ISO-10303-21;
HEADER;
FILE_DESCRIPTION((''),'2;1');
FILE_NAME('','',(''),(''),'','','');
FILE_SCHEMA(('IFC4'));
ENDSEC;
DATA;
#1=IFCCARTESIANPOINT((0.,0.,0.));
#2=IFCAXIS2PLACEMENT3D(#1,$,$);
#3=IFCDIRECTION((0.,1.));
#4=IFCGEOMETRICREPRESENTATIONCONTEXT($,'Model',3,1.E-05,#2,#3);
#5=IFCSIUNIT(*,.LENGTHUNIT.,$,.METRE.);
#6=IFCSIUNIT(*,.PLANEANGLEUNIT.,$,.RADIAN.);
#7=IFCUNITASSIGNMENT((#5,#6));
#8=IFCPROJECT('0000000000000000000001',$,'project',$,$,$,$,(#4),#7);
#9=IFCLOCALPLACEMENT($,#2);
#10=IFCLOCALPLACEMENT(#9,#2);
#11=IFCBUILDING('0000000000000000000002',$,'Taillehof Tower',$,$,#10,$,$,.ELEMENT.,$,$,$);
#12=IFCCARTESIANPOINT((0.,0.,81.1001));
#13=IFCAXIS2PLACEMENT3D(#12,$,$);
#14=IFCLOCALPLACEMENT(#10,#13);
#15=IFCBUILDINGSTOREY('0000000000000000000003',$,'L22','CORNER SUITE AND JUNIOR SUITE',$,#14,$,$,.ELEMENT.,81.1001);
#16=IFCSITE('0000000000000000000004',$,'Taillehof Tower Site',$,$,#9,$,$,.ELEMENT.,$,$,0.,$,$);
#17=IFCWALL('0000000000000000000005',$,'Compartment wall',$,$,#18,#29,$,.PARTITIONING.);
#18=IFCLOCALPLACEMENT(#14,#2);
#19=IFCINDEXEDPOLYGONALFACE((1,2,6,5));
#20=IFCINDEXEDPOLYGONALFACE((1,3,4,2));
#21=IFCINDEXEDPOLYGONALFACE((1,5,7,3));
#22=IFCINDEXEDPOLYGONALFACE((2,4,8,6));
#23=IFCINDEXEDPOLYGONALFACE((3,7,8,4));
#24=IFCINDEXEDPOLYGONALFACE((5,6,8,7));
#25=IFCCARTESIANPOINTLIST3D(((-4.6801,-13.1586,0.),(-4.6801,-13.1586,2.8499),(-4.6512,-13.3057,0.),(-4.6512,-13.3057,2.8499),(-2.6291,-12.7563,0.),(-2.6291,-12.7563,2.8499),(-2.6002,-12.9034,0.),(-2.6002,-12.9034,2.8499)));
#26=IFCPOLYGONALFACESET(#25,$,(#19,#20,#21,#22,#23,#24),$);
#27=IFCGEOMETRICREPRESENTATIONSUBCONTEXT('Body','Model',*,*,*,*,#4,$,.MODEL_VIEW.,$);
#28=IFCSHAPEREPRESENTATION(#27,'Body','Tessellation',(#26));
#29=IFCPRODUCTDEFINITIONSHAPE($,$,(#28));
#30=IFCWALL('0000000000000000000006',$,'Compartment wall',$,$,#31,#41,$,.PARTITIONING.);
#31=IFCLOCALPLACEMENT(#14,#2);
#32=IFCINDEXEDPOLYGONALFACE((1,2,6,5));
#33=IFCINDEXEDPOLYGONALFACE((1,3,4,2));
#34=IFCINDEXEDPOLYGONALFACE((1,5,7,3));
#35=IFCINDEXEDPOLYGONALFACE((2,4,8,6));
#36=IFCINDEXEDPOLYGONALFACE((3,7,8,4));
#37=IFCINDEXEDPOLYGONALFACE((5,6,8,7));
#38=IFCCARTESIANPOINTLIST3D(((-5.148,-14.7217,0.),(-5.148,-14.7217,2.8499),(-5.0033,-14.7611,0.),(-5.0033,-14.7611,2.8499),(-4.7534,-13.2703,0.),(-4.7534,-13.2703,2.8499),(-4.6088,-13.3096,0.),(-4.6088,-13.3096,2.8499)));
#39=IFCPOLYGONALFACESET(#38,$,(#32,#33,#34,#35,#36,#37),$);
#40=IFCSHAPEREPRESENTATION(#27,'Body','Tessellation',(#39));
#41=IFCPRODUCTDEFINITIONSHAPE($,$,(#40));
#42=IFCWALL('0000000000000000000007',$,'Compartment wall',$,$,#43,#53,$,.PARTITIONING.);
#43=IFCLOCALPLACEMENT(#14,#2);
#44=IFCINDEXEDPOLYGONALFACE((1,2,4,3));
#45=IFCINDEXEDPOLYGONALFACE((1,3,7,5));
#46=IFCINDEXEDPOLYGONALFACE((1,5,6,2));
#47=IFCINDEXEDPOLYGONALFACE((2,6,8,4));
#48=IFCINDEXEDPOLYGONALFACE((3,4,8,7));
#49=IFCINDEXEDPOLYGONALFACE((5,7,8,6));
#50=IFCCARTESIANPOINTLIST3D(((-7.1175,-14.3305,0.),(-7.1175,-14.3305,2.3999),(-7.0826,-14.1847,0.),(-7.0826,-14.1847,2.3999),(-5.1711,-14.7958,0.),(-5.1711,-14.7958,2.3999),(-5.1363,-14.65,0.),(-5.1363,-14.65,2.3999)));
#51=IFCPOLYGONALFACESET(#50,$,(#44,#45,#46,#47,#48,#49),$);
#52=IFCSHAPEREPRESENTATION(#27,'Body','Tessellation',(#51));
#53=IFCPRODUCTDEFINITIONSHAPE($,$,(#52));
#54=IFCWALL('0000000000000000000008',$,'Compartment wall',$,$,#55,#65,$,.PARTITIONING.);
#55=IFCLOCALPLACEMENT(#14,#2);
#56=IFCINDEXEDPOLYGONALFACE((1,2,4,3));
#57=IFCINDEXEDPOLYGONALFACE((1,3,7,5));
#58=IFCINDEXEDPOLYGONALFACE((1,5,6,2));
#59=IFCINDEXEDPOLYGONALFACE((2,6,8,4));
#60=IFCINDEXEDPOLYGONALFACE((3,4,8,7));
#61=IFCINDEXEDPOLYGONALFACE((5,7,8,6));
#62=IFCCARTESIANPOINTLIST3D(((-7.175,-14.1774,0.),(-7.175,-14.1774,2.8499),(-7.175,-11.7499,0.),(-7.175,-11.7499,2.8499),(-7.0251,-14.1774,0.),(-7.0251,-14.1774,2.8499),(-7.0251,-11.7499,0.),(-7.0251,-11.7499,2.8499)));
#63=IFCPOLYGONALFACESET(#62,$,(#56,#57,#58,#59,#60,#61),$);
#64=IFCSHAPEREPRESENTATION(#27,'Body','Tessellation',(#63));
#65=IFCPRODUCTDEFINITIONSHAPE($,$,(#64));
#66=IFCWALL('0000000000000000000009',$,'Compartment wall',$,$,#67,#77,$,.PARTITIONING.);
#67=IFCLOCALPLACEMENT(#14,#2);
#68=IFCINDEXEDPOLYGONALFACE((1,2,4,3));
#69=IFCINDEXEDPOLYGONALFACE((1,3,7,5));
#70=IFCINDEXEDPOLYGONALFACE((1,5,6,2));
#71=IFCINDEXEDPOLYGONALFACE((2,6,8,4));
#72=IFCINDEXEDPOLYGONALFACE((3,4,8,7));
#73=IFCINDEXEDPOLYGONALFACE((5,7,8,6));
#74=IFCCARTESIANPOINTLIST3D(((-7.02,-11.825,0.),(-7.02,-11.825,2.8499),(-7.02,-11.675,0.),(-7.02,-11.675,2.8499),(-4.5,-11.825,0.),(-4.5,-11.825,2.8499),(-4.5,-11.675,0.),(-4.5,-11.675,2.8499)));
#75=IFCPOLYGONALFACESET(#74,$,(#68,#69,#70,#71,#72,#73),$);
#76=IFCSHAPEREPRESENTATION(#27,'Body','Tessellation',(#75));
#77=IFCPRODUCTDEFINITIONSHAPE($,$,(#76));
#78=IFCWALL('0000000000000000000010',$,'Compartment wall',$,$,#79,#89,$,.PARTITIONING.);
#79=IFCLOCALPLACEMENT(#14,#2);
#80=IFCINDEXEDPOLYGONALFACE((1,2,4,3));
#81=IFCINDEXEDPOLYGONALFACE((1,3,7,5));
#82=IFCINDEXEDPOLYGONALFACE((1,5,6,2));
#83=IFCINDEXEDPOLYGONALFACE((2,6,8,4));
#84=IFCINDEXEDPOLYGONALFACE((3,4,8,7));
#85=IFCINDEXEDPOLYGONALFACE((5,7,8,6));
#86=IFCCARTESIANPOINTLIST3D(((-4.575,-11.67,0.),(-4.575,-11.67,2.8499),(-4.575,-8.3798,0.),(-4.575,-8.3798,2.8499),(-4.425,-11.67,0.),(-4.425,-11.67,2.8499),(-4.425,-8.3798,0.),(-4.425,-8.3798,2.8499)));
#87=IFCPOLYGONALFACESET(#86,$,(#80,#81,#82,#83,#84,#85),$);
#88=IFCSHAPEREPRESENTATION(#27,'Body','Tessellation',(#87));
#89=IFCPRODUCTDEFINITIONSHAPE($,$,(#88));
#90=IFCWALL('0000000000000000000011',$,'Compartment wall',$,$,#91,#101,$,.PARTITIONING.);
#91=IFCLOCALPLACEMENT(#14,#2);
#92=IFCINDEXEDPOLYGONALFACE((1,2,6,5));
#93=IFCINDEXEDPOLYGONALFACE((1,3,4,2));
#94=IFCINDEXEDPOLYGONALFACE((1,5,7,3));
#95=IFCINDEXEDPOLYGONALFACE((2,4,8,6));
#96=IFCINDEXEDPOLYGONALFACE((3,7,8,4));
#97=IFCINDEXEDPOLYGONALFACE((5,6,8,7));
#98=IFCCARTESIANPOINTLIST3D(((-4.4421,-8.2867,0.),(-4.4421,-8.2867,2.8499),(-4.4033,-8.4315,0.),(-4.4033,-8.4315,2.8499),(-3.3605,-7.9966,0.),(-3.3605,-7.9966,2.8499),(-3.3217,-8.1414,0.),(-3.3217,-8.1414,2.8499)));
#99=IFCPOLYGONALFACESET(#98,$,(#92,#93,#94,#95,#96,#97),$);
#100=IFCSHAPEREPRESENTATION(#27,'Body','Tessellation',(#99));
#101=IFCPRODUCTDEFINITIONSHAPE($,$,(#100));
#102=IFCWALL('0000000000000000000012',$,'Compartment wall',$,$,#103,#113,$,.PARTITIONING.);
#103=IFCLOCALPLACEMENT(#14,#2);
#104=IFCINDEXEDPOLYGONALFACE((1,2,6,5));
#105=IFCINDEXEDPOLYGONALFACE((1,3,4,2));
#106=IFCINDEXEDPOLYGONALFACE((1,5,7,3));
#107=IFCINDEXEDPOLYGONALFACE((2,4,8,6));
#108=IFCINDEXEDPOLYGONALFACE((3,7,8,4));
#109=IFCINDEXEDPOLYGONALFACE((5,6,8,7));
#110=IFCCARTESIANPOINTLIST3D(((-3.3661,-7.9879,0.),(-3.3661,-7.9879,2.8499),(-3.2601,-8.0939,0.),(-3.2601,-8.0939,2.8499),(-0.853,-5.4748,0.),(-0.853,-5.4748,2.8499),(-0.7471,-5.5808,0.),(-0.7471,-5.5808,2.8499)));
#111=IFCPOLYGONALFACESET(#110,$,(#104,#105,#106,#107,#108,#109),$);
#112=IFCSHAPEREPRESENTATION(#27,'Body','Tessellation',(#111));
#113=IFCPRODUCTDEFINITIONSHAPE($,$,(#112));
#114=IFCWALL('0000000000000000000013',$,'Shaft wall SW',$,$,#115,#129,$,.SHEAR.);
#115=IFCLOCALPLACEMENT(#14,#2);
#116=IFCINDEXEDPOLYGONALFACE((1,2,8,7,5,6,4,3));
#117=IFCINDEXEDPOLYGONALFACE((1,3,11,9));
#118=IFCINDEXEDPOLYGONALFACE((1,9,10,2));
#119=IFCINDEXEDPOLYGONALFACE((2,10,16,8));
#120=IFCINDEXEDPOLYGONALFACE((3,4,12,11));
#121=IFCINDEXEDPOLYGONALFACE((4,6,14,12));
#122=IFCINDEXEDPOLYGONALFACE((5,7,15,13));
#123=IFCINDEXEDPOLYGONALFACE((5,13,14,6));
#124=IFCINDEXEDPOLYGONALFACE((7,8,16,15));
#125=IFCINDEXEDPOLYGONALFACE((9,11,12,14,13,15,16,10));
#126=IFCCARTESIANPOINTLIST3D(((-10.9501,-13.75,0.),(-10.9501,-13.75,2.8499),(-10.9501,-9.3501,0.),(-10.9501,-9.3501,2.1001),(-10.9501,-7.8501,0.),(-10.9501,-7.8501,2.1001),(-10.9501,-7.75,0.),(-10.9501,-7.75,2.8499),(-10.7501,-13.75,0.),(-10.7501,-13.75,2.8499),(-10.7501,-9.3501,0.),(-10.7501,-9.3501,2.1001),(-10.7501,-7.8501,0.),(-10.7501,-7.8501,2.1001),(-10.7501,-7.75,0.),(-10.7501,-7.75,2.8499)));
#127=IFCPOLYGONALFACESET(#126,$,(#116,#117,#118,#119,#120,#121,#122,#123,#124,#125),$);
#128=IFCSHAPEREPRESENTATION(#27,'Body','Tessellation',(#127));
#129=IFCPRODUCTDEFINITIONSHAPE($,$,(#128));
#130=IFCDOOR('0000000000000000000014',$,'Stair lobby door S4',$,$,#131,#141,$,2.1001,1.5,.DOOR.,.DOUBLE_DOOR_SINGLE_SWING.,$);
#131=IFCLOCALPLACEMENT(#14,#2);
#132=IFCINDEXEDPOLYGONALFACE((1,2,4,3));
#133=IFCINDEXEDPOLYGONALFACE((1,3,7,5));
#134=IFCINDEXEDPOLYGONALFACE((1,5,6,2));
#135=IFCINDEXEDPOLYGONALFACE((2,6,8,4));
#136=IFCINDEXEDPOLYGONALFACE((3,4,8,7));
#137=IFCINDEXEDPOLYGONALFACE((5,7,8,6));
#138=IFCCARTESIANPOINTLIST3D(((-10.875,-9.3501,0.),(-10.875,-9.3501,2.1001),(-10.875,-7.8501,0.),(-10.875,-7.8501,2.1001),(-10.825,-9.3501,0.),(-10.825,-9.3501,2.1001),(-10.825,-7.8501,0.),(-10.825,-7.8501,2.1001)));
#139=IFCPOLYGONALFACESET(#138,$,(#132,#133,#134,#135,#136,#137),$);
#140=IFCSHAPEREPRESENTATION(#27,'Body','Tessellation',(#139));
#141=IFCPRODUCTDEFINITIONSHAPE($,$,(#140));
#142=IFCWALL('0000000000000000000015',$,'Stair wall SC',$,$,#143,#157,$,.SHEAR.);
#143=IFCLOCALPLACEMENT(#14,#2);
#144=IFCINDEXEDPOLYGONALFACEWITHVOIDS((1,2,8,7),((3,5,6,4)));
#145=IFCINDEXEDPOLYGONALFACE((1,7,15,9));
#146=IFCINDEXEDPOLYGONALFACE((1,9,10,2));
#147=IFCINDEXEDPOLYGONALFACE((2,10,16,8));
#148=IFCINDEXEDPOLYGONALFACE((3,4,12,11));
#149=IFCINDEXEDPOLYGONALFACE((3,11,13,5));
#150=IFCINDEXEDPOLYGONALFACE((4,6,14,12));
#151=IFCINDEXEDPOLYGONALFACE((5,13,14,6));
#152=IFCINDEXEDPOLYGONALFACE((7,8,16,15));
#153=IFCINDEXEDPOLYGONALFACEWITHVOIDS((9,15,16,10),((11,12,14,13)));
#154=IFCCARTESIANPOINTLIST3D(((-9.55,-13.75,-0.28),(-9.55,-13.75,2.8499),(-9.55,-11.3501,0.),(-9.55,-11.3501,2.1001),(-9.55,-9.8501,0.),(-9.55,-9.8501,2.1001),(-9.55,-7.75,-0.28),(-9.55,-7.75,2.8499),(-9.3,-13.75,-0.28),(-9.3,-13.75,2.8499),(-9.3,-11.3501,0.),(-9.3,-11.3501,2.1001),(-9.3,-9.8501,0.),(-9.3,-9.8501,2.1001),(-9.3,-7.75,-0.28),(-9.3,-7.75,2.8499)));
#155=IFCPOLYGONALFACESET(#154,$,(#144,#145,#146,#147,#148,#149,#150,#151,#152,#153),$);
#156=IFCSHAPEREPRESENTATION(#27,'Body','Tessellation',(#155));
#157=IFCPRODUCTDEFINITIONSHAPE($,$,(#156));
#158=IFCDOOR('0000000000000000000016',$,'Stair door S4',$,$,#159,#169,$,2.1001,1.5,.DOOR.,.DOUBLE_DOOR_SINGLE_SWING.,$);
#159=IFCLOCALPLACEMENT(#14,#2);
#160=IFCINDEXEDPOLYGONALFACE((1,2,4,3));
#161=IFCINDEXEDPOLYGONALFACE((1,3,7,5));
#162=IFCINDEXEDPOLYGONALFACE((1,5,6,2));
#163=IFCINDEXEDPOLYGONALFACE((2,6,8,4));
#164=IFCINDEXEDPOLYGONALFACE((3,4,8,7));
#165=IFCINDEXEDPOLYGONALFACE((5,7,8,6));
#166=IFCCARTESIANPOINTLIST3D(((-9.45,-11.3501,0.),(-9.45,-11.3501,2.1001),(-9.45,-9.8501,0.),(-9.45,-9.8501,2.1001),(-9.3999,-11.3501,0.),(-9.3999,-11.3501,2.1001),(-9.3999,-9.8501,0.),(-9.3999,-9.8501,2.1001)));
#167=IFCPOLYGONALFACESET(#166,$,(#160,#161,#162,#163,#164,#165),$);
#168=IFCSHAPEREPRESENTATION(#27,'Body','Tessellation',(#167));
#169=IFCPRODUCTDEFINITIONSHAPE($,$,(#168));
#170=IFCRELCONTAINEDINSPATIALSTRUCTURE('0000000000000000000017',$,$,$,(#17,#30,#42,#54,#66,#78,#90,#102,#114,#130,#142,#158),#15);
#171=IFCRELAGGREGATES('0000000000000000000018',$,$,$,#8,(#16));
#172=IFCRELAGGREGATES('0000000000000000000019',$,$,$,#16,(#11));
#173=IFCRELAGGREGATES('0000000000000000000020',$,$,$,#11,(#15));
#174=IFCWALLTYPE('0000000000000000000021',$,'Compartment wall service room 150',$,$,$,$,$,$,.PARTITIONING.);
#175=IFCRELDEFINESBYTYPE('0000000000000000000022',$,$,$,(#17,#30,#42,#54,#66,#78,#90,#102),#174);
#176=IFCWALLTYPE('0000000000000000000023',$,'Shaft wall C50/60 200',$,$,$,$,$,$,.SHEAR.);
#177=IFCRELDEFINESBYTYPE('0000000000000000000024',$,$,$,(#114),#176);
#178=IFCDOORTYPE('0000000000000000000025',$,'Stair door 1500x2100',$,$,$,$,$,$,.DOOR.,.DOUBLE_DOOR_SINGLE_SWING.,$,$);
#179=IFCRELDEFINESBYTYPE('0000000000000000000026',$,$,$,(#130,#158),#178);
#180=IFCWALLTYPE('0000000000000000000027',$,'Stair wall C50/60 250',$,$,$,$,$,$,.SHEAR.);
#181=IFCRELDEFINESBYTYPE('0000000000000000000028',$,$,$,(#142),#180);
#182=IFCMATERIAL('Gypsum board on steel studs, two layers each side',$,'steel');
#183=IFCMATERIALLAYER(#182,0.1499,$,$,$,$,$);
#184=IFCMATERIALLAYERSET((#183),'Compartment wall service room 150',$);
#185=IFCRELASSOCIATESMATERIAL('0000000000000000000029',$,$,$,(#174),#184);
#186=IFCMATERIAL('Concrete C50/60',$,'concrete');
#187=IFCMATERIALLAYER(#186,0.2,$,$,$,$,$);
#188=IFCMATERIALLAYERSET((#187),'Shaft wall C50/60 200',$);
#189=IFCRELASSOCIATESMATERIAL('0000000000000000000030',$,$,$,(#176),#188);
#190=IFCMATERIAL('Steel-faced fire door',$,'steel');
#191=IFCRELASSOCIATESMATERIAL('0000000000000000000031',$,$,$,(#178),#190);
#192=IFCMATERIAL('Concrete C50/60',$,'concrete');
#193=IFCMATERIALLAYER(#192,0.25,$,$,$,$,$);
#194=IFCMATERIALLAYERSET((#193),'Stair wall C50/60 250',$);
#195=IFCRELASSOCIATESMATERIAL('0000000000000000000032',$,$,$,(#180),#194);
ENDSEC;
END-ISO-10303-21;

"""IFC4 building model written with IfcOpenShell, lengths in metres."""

from ifc_helpers import new_model, si_unit, direction, frame, frame_2d, origin, place, context, subcontext, project, spatial, rectangle, extrude, material, layer, layer_set, type_object, element, fill, save


model = new_model("IFC4")

# Units and contexts
model_context = context("Model", 3, precision=1e-05, world=origin(), true_north=direction((0.0, 1.0)))
body_context = subcontext(model_context, "Body", "Model", "MODEL_VIEW")
ifc_project = project(units=[si_unit("LENGTHUNIT", "METRE"), si_unit("PLANEANGLEUNIT", "RADIAN")], contexts=[model_context])

# Site, building, storey
site_placement = place(None, origin())
site = spatial("IfcSite", under=ifc_project, at=site_placement, Name="Taillehof Tower Site", CompositionType="ELEMENT", RefElevation=0.0)
building_placement = place(site_placement, origin())
building = spatial("IfcBuilding", under=site, at=building_placement, Name="Taillehof Tower", CompositionType="ELEMENT")
storey_placement = place(building_placement, frame((0.0, 0.0, 81.1001)))
storey = spatial("IfcBuildingStorey", under=building, at=storey_placement, Name="L22", Description="CORNER SUITE AND JUNIOR SUITE", CompositionType="ELEMENT", Elevation=81.1001)

# Walls
ifc_material_1 = material(Name="Gypsum board on steel studs, two layers each side", Category="steel")
ifc_layer_1 = layer(ifc_material_1, 0.1499)
ifc_layer_set_1 = layer_set([ifc_layer_1], Name="Compartment wall service room 150")
wall_type_1 = type_object("IfcWallType", Name="Compartment wall service room 150", PredefinedType="PARTITIONING", material=ifc_layer_set_1)
wall_1_placement = place(storey_placement, frame((-2.6147, -12.8298, 0.0), z_axis=(0.0, 0.0, 1.0), x_axis=(-0.981297, -0.192498, 0.0)))
element("IfcWall", 1, at=wall_1_placement, inside=storey, type_object=wall_type_1, Name="Compartment wall", PredefinedType="PARTITIONING", context=body_context, shape_type="SweptSolid", body=[
    extrude(rectangle(XDim=2.0901, YDim=0.1499, at=frame_2d((1.0449, 0.0))), origin(), (0.0, 0.0, 1.0), 2.8499),
])
wall_2_placement = place(storey_placement, frame((-4.6812, -13.29, 0.0), z_axis=(0.0, 0.0, 1.0), x_axis=(-0.262307, -0.964984, 0.0)))
element("IfcWall", 2, at=wall_2_placement, inside=storey, type_object=wall_type_1, Name="Compartment wall", PredefinedType="PARTITIONING", context=body_context, shape_type="SweptSolid", body=[
    extrude(rectangle(XDim=1.5042, YDim=0.1499, at=frame_2d((0.752, 0.0))), origin(), (0.0, 0.0, 1.0), 2.8499),
])
wall_3_placement = place(storey_placement, frame((-5.1538, -14.7229, 0.0), z_axis=(0.0, 0.0, 1.0), x_axis=(-0.972588, 0.232533, 0.0)))
element("IfcWall", 3, at=wall_3_placement, inside=storey, type_object=wall_type_1, Name="Compartment wall", PredefinedType="PARTITIONING", context=body_context, shape_type="SweptSolid", body=[
    extrude(rectangle(XDim=2.0012, YDim=0.1499, at=frame_2d((1.0005, 0.0))), origin(), (0.0, 0.0, 1.0), 2.3999),
])
wall_4_placement = place(storey_placement, frame((-7.1001, -14.1775, 0.0), z_axis=(0.0, 0.0, 1.0), x_axis=(0.0, 1.0, 0.0)))
element("IfcWall", 4, at=wall_4_placement, inside=storey, type_object=wall_type_1, Name="Compartment wall", PredefinedType="PARTITIONING", context=body_context, shape_type="SweptSolid", body=[
    extrude(rectangle(XDim=2.4275, YDim=0.1499, at=frame_2d((1.2139, 0.0))), origin(), (0.0, 0.0, 1.0), 2.8499),
])
wall_5_placement = place(storey_placement, frame((-7.02, -11.75, 0.0), z_axis=(0.0, 0.0, 1.0), x_axis=(1.0, 0.0, 0.0)))
element("IfcWall", 5, at=wall_5_placement, inside=storey, type_object=wall_type_1, Name="Compartment wall", PredefinedType="PARTITIONING", context=body_context, shape_type="SweptSolid", body=[
    extrude(rectangle(XDim=2.52, YDim=0.1499, at=frame_2d((1.26, 0.0))), origin(), (0.0, 0.0, 1.0), 2.8499),
])
wall_6_placement = place(storey_placement, frame((-4.5, -11.6699, 0.0), z_axis=(0.0, 0.0, 1.0), x_axis=(0.0, 1.0, 0.0)))
element("IfcWall", 6, at=wall_6_placement, inside=storey, type_object=wall_type_1, Name="Compartment wall", PredefinedType="PARTITIONING", context=body_context, shape_type="SweptSolid", body=[
    extrude(rectangle(XDim=3.2903, YDim=0.1499, at=frame_2d((1.645, 0.0))), origin(), (0.0, 0.0, 1.0), 2.8499),
])
wall_7_placement = place(storey_placement, frame((-4.4229, -8.3591, 0.0), z_axis=(0.0, 0.0, 1.0), x_axis=(0.965872, 0.259019, 0.0)))
element("IfcWall", 7, at=wall_7_placement, inside=storey, type_object=wall_type_1, Name="Compartment wall", PredefinedType="PARTITIONING", context=body_context, shape_type="SweptSolid", body=[
    extrude(rectangle(XDim=1.1199, YDim=0.1499, at=frame_2d((0.5601, 0.0))), origin(), (0.0, 0.0, 1.0), 2.8499),
])
wall_8_placement = place(storey_placement, frame((-3.313, -8.0408, 0.0), z_axis=(0.0, 0.0, 1.0), x_axis=(0.707107, 0.707107, 0.0)))
element("IfcWall", 8, at=wall_8_placement, inside=storey, type_object=wall_type_1, Name="Compartment wall", PredefinedType="PARTITIONING", context=body_context, shape_type="SweptSolid", body=[
    extrude(rectangle(XDim=3.554, YDim=0.1499, at=frame_2d((1.7769, 0.0))), origin(), (0.0, 0.0, 1.0), 2.8499),
])

# Walls, openings, doors
ifc_material_2 = material(Name="Concrete C50/60", Category="concrete")
ifc_layer_2 = layer(ifc_material_2, 0.2)
ifc_layer_set_2 = layer_set([ifc_layer_2], Name="Shaft wall C50/60 200")
wall_type_2 = type_object("IfcWallType", Name="Shaft wall C50/60 200", PredefinedType="SHEAR", material=ifc_layer_set_2)
wall_9_placement = place(storey_placement, frame((-10.8501, -13.75, 0.0), z_axis=(0.0, 0.0, 1.0), x_axis=(0.0, 1.0, 0.0)))
wall_9 = element("IfcWall", 9, at=wall_9_placement, inside=storey, type_object=wall_type_2, Name="Shaft wall SW", PredefinedType="SHEAR", context=body_context, shape_type="SweptSolid", body=[
    extrude(rectangle(XDim=6.0, YDim=0.2, at=frame_2d((3.0, 0.0))), origin(), (0.0, 0.0, 1.0), 2.8499),
])
opening_1_placement = place(wall_9_placement, frame((4.3999, 0.0, 0.0)))
opening_1 = element("IfcOpeningElement", 10, at=opening_1_placement, cuts=wall_9, PredefinedType="OPENING", context=body_context, shape_type="SweptSolid", body=[
    extrude(rectangle(XDim=1.5, YDim=2.1001, at=frame_2d((0.75, 1.05))), frame((0.0, 0.1099, 0.0), z_axis=(0.0, -1.0, 0.0), x_axis=(1.0, 0.0, 0.0)), (0.0, 0.0, 1.0), 0.22),
])
ifc_material_3 = material(Name="Steel-faced fire door", Category="steel")
door_type_1 = type_object("IfcDoorType", Name="Stair door 1500x2100", OperationType="DOUBLE_DOOR_SINGLE_SWING", PredefinedType="DOOR", material=ifc_material_3)
door_1_placement = place(opening_1_placement, origin())
door_1 = element("IfcDoor", 11, at=door_1_placement, inside=storey, type_object=door_type_1, Name="Stair lobby door S4", OperationType="DOUBLE_DOOR_SINGLE_SWING", OverallHeight=2.1001, OverallWidth=1.5, PredefinedType="DOOR", context=body_context, shape_type="SweptSolid", body=[
    extrude(rectangle(XDim=1.5, YDim=2.1001, at=frame_2d((0.75, 1.05))), frame((0.0, 0.0249, 0.0), z_axis=(0.0, -1.0, 0.0), x_axis=(1.0, 0.0, 0.0)), (0.0, 0.0, 1.0), 0.05),
])
fill(opening_1, door_1)
ifc_material_4 = material(Name="Concrete C50/60", Category="concrete")
ifc_layer_3 = layer(ifc_material_4, 0.25)
ifc_layer_set_3 = layer_set([ifc_layer_3], Name="Stair wall C50/60 250")
wall_type_3 = type_object("IfcWallType", Name="Stair wall C50/60 250", PredefinedType="SHEAR", material=ifc_layer_set_3)
wall_10_placement = place(storey_placement, frame((-9.425, -13.75, -0.28), z_axis=(0.0, 0.0, 1.0), x_axis=(0.0, 1.0, 0.0)))
wall_10 = element("IfcWall", 12, at=wall_10_placement, inside=storey, type_object=wall_type_3, Name="Stair wall SC", PredefinedType="SHEAR", context=body_context, shape_type="SweptSolid", body=[
    extrude(rectangle(XDim=6.0, YDim=0.25, at=frame_2d((3.0, 0.0))), origin(), (0.0, 0.0, 1.0), 3.1299),
])
opening_2_placement = place(wall_10_placement, frame((2.3999, 0.0, 0.28)))
opening_2 = element("IfcOpeningElement", 13, at=opening_2_placement, cuts=wall_10, PredefinedType="OPENING", context=body_context, shape_type="SweptSolid", body=[
    extrude(rectangle(XDim=1.5, YDim=2.1001, at=frame_2d((0.75, 1.05))), frame((0.0, 0.135, 0.0), z_axis=(0.0, -1.0, 0.0), x_axis=(1.0, 0.0, 0.0)), (0.0, 0.0, 1.0), 0.27),
])
door_2_placement = place(opening_2_placement, origin())
door_2 = element("IfcDoor", 14, at=door_2_placement, inside=storey, type_object=door_type_1, Name="Stair door S4", OperationType="DOUBLE_DOOR_SINGLE_SWING", OverallHeight=2.1001, OverallWidth=1.5, PredefinedType="DOOR", context=body_context, shape_type="SweptSolid", body=[
    extrude(rectangle(XDim=1.5, YDim=2.1001, at=frame_2d((0.75, 1.05))), frame((0.0, 0.0249, 0.0), z_axis=(0.0, -1.0, 0.0), x_axis=(1.0, 0.0, 0.0)), (0.0, 0.0, 1.0), 0.05),
])
fill(opening_2, door_2)

save(model, "model.ifc")
